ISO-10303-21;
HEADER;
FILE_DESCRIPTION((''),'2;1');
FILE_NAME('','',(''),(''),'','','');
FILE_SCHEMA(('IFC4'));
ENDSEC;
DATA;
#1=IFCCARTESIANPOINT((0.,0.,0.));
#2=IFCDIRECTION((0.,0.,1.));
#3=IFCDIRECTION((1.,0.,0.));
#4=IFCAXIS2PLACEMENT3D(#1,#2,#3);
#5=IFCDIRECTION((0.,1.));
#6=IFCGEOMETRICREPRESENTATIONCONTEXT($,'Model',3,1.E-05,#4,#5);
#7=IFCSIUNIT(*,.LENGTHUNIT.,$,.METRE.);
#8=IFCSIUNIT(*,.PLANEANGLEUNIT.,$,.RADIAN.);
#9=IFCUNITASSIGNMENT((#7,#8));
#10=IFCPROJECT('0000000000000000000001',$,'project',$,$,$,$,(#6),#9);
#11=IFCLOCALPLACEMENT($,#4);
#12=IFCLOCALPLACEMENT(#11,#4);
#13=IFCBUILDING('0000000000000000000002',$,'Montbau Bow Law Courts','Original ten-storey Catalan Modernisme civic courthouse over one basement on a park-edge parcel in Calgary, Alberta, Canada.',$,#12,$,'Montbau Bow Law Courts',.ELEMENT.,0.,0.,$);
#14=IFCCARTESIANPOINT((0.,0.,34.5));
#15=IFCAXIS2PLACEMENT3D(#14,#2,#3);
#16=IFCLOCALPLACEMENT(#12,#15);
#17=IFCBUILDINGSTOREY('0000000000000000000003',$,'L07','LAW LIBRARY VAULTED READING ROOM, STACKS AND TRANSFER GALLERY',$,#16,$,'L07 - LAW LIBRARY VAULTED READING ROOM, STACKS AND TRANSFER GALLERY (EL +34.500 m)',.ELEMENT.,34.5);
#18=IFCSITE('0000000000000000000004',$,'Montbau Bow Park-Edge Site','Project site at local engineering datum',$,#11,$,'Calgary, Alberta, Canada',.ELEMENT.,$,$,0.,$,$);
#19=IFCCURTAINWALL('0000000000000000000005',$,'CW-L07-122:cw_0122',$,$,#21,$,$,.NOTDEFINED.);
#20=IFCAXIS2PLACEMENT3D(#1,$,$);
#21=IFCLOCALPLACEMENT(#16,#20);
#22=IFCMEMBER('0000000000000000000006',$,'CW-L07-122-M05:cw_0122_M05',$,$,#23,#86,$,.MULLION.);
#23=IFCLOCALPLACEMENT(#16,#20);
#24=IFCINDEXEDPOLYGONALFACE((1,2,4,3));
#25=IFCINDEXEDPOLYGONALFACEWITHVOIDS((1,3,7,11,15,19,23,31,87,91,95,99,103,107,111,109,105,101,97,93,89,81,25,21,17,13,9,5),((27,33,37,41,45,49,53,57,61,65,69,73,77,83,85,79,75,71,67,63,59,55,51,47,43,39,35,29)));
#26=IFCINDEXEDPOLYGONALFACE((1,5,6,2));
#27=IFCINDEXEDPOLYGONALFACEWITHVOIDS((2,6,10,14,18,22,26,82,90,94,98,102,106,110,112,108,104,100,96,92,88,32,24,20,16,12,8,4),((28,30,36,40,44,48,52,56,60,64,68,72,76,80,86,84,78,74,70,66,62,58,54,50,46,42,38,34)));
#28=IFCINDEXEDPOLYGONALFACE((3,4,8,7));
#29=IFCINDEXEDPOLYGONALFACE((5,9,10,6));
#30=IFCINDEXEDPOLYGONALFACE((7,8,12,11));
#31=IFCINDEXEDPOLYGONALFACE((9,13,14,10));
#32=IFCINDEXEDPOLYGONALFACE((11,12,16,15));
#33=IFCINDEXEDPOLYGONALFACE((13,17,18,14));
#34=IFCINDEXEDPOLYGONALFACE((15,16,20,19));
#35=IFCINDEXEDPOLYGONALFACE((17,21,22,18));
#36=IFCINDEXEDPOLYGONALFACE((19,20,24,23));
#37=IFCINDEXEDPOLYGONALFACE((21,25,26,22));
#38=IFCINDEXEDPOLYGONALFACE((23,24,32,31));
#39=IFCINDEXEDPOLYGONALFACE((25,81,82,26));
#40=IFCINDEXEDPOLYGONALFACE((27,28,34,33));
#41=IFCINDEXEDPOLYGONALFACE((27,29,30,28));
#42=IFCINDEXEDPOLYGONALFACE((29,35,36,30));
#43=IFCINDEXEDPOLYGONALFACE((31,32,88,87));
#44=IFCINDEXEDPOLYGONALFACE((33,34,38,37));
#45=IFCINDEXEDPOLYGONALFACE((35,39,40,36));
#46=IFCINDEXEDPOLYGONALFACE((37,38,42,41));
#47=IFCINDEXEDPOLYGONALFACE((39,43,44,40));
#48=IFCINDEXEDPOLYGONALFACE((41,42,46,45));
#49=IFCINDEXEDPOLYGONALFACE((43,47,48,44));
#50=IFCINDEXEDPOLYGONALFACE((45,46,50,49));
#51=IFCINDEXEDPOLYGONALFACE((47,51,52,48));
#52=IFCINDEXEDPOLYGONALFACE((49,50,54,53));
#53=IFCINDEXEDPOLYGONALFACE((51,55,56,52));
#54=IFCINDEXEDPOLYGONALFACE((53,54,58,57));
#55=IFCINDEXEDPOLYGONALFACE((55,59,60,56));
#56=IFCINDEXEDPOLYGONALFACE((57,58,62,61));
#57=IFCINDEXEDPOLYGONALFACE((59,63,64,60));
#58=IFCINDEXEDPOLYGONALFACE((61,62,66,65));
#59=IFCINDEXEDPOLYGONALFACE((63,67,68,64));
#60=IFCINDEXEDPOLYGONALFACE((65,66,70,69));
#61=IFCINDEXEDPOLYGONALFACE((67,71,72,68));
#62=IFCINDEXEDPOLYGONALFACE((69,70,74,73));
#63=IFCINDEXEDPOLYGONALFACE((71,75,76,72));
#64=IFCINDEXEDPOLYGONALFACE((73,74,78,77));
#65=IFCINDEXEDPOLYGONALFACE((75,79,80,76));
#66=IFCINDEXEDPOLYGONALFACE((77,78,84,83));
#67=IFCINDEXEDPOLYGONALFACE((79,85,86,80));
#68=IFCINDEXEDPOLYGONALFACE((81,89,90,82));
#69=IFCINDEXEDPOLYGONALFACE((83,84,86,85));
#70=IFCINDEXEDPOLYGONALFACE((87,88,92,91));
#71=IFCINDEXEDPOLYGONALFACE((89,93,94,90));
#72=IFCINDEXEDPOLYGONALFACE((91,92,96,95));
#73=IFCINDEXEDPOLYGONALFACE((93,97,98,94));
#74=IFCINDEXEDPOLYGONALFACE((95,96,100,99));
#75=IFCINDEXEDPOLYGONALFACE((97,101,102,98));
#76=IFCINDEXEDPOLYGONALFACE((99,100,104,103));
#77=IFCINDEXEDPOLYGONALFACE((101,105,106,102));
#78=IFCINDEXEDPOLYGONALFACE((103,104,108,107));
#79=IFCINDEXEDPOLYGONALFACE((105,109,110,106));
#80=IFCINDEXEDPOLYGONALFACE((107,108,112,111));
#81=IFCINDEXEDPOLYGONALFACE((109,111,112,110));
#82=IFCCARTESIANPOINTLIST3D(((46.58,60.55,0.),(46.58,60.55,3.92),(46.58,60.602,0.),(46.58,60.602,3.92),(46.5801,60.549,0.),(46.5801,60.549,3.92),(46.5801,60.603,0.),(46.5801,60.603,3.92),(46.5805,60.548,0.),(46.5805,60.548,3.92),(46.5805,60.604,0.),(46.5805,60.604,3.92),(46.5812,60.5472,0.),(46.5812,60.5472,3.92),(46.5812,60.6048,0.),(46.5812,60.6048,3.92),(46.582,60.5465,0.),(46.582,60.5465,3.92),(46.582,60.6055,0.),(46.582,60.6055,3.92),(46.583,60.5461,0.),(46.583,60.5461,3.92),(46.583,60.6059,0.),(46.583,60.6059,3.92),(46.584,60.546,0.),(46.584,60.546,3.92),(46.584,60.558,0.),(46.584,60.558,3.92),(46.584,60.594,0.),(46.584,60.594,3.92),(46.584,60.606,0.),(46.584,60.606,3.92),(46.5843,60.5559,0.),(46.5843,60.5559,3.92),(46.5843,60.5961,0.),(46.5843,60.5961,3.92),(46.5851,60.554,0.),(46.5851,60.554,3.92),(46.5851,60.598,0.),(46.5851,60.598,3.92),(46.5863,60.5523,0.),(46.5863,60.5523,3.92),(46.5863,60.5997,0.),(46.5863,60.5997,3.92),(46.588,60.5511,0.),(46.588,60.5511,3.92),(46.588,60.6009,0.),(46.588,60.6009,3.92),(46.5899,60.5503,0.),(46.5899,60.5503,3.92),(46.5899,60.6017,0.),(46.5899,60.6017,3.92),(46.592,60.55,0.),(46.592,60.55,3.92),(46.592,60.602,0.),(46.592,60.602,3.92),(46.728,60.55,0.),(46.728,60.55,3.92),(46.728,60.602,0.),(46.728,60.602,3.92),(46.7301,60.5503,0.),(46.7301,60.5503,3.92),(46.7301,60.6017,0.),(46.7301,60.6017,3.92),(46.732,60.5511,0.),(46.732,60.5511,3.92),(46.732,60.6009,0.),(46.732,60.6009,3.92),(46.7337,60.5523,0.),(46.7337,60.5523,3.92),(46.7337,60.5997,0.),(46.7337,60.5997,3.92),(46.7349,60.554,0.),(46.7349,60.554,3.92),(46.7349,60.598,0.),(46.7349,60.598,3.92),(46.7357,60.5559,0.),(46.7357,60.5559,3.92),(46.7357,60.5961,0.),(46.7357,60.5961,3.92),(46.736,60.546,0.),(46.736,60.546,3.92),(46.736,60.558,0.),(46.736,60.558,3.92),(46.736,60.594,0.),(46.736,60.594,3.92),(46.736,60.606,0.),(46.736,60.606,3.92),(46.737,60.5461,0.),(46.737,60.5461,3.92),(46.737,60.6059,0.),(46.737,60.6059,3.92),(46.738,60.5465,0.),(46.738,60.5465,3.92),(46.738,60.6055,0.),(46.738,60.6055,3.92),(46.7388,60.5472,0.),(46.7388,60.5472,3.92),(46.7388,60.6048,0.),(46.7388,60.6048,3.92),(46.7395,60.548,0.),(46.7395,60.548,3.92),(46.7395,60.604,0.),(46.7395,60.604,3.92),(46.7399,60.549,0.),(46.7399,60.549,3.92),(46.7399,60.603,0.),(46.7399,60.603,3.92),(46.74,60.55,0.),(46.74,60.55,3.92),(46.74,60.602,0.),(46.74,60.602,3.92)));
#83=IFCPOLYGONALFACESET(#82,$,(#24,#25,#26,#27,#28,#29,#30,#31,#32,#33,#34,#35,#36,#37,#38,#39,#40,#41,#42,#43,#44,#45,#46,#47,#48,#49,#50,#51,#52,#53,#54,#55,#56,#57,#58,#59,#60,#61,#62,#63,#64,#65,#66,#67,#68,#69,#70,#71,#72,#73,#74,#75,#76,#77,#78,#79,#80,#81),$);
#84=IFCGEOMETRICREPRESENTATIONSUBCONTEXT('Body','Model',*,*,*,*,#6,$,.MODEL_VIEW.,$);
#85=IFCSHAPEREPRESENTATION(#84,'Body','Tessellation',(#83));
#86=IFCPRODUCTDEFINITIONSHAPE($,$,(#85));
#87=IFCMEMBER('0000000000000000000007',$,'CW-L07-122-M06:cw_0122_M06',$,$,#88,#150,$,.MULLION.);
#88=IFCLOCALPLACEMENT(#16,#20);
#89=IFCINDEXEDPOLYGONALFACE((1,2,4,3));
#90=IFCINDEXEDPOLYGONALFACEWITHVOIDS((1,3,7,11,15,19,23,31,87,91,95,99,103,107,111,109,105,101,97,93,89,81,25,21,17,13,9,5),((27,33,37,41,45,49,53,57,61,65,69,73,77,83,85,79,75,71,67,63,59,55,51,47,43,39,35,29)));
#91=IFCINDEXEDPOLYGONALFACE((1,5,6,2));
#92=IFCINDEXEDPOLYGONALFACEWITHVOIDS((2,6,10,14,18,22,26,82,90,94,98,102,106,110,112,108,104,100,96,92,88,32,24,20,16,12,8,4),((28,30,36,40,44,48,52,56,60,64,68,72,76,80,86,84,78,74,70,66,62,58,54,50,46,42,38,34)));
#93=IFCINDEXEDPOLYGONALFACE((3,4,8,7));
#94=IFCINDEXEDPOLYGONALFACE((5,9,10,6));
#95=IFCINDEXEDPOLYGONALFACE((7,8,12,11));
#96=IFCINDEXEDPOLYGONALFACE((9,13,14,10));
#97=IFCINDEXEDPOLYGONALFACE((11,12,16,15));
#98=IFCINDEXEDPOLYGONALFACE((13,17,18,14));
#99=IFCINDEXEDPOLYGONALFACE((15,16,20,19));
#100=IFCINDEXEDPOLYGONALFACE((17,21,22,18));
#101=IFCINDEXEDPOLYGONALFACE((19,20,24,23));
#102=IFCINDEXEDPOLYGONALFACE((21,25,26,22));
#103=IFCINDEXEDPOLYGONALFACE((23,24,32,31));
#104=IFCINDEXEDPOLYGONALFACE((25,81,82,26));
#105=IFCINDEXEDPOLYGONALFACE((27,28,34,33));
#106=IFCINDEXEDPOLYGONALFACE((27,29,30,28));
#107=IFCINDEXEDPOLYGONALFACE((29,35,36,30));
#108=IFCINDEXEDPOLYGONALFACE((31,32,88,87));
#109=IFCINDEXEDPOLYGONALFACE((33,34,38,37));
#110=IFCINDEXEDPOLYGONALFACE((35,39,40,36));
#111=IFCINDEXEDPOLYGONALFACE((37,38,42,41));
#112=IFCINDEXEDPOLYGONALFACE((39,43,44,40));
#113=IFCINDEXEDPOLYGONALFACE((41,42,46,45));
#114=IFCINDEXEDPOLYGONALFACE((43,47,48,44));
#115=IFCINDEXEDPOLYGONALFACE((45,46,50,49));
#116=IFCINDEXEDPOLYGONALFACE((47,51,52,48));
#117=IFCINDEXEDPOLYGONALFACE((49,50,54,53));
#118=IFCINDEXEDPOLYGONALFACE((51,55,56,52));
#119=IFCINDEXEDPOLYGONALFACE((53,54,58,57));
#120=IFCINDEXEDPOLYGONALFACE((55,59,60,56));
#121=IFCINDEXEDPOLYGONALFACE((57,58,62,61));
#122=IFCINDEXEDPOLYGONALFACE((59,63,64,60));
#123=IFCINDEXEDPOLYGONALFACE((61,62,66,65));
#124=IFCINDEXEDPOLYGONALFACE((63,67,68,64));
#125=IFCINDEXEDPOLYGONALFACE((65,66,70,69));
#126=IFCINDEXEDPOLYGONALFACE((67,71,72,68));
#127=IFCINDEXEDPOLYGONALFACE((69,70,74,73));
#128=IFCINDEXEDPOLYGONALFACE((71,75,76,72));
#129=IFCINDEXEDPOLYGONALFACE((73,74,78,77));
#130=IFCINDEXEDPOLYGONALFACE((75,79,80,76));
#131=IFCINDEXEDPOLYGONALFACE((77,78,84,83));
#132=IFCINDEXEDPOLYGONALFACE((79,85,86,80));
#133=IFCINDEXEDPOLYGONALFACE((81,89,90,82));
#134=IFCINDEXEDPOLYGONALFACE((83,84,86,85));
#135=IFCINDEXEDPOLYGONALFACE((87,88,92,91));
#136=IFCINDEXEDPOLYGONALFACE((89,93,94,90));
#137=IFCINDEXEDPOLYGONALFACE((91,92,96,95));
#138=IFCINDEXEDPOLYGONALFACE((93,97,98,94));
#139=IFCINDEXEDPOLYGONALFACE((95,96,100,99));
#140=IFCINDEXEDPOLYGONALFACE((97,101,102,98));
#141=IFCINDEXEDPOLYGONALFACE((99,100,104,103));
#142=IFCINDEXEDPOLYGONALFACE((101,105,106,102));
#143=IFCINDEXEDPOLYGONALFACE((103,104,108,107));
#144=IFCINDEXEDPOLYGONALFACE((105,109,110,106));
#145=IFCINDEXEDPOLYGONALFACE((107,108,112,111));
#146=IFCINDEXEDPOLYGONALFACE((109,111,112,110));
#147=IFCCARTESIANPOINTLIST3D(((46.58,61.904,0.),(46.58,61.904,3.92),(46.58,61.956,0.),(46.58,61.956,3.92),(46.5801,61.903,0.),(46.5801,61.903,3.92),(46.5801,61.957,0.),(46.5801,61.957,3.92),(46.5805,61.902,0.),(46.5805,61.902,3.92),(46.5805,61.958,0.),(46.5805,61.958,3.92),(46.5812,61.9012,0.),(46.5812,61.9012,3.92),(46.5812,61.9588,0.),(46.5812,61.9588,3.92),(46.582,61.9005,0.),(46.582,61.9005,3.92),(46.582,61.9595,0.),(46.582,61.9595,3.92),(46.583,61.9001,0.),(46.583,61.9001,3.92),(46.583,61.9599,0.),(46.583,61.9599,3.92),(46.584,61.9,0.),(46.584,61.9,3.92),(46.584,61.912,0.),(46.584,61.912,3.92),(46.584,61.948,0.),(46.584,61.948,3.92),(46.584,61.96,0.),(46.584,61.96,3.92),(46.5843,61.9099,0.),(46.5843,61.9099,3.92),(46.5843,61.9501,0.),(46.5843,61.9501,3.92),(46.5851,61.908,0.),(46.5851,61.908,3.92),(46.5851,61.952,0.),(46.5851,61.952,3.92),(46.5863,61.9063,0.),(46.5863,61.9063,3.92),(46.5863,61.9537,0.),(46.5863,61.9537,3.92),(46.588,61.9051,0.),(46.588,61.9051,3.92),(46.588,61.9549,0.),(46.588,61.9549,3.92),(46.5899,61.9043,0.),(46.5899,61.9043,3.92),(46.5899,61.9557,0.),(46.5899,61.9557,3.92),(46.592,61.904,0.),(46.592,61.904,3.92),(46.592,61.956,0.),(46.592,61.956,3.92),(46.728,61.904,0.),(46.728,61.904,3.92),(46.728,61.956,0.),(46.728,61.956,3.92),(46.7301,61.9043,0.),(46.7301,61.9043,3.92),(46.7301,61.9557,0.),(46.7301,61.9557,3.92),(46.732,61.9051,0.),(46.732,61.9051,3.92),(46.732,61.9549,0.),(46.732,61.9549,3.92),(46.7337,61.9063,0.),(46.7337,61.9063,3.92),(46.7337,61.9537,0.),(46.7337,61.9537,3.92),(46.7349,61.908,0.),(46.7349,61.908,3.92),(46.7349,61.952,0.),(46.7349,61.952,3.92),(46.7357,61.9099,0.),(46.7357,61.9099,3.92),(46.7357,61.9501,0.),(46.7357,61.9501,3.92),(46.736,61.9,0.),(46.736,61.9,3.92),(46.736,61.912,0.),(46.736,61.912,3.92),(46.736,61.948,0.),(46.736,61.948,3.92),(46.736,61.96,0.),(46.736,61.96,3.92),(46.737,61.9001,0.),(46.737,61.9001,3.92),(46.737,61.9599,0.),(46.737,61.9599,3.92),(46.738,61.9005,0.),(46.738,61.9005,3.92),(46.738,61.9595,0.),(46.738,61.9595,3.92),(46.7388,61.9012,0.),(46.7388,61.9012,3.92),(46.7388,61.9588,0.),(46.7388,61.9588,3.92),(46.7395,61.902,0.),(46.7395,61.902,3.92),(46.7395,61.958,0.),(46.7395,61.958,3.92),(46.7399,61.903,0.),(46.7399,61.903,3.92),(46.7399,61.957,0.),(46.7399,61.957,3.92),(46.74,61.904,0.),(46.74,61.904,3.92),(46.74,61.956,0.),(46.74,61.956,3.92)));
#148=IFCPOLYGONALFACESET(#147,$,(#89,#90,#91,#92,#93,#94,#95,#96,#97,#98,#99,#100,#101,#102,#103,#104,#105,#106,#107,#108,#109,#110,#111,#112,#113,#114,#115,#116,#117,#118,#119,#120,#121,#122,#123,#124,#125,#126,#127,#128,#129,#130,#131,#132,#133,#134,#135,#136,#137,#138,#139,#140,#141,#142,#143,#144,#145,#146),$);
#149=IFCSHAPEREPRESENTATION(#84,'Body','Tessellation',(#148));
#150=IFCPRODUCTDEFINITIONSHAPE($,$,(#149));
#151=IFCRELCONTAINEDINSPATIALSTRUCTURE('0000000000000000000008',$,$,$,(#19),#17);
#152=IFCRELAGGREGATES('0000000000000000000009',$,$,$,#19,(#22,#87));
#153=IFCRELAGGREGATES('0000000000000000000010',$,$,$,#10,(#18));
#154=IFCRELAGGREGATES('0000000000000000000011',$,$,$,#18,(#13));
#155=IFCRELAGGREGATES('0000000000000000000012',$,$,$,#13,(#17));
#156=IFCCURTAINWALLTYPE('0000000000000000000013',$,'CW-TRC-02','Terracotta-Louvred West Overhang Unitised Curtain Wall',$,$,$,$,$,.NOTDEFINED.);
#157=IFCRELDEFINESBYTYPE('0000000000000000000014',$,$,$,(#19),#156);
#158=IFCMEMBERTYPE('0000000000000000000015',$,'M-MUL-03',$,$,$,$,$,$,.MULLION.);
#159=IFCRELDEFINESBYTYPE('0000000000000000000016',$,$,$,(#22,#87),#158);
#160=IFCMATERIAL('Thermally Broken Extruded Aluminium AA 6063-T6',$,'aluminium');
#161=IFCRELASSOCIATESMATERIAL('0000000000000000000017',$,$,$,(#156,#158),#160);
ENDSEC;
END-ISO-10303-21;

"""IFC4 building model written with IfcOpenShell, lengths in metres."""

from ifc_helpers import new_model, si_unit, direction, frame, origin_with_axes, origin_2d_with_axis, place, context, subcontext, project, spatial, hollow_rectangle, extrude, material, material_profile, profile_set, type_object, element, aggregate, save


model = new_model("IFC4")

# Units and contexts
model_context = context("Model", 3, precision=1e-05, world=origin_with_axes(), true_north=direction((0.0, 1.0)))
body_context = subcontext(model_context, "Body", "Model", "MODEL_VIEW")
ifc_project = project(units=[si_unit("LENGTHUNIT", "METRE"), si_unit("PLANEANGLEUNIT", "RADIAN")], contexts=[model_context])

# Site, building, storey
site_placement = place(None, origin_with_axes())
site = spatial("IfcSite", under=ifc_project, at=site_placement, Name="Montbau Bow Park-Edge Site", Description="Project site at local engineering datum", LongName="Calgary, Alberta, Canada", CompositionType="ELEMENT", RefElevation=0.0)
building_placement = place(site_placement, origin_with_axes())
building = spatial("IfcBuilding", under=site, at=building_placement, Name="Montbau Bow Law Courts", Description="Original ten-storey Catalan Modernisme civic courthouse over one basement on a park-edge parcel in Calgary, Alberta, Canada.", LongName="Montbau Bow Law Courts", CompositionType="ELEMENT", ElevationOfRefHeight=0.0, ElevationOfTerrain=0.0)
storey_placement = place(building_placement, frame((0.0, 0.0, 34.5), z_axis=(0.0, 0.0, 1.0), x_axis=(1.0, 0.0, 0.0)))
storey = spatial("IfcBuildingStorey", under=building, at=storey_placement, Name="L07", Description="LAW LIBRARY VAULTED READING ROOM, STACKS AND TRANSFER GALLERY", LongName="L07 - LAW LIBRARY VAULTED READING ROOM, STACKS AND TRANSFER GALLERY (EL +34.500 m)", CompositionType="ELEMENT", Elevation=34.5)

# Curtain wall, members
ifc_material_1 = material(Name="Thermally Broken Extruded Aluminium AA 6063-T6", Category="aluminium")
curtain_wall_type = type_object("IfcCurtainWallType", Name="CW-TRC-02", Description="Terracotta-Louvred West Overhang Unitised Curtain Wall", PredefinedType="NOTDEFINED", material=ifc_material_1)
curtain_wall_placement = place(None, frame((46.66, 55.04, 34.5), z_axis=(0.0, 0.0, 1.0), x_axis=(1.0, 0.0, 0.0)))
curtain_wall = element("IfcCurtainWall", 1, at=curtain_wall_placement, inside=storey, type_object=curtain_wall_type, Name="CW-L07-122:cw_0122", PredefinedType="NOTDEFINED")
ifc_material_profile_1 = material_profile(ifc_material_1, hollow_rectangle(XDim=0.06, YDim=0.16, WallThickness=0.004, InnerFilletRadius=0.008, OuterFilletRadius=0.004, at=origin_2d_with_axis()), Name="CWM-160X60", Category="Main", Priority=0)
ifc_profile_set_1 = profile_set([ifc_material_profile_1], Name="Thermally Broken Extruded Aluminium AA 6063-T6")
member_type_1 = type_object("IfcMemberType", Name="M-MUL-03", PredefinedType="MULLION", material=ifc_profile_set_1)
member_1_placement = place(None, frame((46.66, 60.576, 34.5), z_axis=(0.0, 0.0, 1.0), x_axis=(0.0, 1.0, 0.0)))
member_1 = element("IfcMember", 2, at=member_1_placement, type_object=member_type_1, Name="CW-L07-122-M05:cw_0122_M05", PredefinedType="MULLION", context=body_context, shape_type="SweptSolid", body=[
    extrude(hollow_rectangle(XDim=0.06, YDim=0.16, WallThickness=0.004, InnerFilletRadius=0.008, OuterFilletRadius=0.004, at=origin_2d_with_axis()), origin_with_axes(), (0.0, 0.0, 1.0), 3.92),
])
member_2_placement = place(None, frame((46.66, 61.93, 34.5), z_axis=(0.0, 0.0, 1.0), x_axis=(0.0, 1.0, 0.0)))
member_2 = element("IfcMember", 3, at=member_2_placement, type_object=member_type_1, Name="CW-L07-122-M06:cw_0122_M06", PredefinedType="MULLION", context=body_context, shape_type="SweptSolid", body=[
    extrude(hollow_rectangle(XDim=0.06, YDim=0.16, WallThickness=0.004, InnerFilletRadius=0.008, OuterFilletRadius=0.004, at=origin_2d_with_axis()), origin_with_axes(), (0.0, 0.0, 1.0), 3.92),
])
aggregate(curtain_wall, [member_1, member_2])

save(model, "model.ifc")
